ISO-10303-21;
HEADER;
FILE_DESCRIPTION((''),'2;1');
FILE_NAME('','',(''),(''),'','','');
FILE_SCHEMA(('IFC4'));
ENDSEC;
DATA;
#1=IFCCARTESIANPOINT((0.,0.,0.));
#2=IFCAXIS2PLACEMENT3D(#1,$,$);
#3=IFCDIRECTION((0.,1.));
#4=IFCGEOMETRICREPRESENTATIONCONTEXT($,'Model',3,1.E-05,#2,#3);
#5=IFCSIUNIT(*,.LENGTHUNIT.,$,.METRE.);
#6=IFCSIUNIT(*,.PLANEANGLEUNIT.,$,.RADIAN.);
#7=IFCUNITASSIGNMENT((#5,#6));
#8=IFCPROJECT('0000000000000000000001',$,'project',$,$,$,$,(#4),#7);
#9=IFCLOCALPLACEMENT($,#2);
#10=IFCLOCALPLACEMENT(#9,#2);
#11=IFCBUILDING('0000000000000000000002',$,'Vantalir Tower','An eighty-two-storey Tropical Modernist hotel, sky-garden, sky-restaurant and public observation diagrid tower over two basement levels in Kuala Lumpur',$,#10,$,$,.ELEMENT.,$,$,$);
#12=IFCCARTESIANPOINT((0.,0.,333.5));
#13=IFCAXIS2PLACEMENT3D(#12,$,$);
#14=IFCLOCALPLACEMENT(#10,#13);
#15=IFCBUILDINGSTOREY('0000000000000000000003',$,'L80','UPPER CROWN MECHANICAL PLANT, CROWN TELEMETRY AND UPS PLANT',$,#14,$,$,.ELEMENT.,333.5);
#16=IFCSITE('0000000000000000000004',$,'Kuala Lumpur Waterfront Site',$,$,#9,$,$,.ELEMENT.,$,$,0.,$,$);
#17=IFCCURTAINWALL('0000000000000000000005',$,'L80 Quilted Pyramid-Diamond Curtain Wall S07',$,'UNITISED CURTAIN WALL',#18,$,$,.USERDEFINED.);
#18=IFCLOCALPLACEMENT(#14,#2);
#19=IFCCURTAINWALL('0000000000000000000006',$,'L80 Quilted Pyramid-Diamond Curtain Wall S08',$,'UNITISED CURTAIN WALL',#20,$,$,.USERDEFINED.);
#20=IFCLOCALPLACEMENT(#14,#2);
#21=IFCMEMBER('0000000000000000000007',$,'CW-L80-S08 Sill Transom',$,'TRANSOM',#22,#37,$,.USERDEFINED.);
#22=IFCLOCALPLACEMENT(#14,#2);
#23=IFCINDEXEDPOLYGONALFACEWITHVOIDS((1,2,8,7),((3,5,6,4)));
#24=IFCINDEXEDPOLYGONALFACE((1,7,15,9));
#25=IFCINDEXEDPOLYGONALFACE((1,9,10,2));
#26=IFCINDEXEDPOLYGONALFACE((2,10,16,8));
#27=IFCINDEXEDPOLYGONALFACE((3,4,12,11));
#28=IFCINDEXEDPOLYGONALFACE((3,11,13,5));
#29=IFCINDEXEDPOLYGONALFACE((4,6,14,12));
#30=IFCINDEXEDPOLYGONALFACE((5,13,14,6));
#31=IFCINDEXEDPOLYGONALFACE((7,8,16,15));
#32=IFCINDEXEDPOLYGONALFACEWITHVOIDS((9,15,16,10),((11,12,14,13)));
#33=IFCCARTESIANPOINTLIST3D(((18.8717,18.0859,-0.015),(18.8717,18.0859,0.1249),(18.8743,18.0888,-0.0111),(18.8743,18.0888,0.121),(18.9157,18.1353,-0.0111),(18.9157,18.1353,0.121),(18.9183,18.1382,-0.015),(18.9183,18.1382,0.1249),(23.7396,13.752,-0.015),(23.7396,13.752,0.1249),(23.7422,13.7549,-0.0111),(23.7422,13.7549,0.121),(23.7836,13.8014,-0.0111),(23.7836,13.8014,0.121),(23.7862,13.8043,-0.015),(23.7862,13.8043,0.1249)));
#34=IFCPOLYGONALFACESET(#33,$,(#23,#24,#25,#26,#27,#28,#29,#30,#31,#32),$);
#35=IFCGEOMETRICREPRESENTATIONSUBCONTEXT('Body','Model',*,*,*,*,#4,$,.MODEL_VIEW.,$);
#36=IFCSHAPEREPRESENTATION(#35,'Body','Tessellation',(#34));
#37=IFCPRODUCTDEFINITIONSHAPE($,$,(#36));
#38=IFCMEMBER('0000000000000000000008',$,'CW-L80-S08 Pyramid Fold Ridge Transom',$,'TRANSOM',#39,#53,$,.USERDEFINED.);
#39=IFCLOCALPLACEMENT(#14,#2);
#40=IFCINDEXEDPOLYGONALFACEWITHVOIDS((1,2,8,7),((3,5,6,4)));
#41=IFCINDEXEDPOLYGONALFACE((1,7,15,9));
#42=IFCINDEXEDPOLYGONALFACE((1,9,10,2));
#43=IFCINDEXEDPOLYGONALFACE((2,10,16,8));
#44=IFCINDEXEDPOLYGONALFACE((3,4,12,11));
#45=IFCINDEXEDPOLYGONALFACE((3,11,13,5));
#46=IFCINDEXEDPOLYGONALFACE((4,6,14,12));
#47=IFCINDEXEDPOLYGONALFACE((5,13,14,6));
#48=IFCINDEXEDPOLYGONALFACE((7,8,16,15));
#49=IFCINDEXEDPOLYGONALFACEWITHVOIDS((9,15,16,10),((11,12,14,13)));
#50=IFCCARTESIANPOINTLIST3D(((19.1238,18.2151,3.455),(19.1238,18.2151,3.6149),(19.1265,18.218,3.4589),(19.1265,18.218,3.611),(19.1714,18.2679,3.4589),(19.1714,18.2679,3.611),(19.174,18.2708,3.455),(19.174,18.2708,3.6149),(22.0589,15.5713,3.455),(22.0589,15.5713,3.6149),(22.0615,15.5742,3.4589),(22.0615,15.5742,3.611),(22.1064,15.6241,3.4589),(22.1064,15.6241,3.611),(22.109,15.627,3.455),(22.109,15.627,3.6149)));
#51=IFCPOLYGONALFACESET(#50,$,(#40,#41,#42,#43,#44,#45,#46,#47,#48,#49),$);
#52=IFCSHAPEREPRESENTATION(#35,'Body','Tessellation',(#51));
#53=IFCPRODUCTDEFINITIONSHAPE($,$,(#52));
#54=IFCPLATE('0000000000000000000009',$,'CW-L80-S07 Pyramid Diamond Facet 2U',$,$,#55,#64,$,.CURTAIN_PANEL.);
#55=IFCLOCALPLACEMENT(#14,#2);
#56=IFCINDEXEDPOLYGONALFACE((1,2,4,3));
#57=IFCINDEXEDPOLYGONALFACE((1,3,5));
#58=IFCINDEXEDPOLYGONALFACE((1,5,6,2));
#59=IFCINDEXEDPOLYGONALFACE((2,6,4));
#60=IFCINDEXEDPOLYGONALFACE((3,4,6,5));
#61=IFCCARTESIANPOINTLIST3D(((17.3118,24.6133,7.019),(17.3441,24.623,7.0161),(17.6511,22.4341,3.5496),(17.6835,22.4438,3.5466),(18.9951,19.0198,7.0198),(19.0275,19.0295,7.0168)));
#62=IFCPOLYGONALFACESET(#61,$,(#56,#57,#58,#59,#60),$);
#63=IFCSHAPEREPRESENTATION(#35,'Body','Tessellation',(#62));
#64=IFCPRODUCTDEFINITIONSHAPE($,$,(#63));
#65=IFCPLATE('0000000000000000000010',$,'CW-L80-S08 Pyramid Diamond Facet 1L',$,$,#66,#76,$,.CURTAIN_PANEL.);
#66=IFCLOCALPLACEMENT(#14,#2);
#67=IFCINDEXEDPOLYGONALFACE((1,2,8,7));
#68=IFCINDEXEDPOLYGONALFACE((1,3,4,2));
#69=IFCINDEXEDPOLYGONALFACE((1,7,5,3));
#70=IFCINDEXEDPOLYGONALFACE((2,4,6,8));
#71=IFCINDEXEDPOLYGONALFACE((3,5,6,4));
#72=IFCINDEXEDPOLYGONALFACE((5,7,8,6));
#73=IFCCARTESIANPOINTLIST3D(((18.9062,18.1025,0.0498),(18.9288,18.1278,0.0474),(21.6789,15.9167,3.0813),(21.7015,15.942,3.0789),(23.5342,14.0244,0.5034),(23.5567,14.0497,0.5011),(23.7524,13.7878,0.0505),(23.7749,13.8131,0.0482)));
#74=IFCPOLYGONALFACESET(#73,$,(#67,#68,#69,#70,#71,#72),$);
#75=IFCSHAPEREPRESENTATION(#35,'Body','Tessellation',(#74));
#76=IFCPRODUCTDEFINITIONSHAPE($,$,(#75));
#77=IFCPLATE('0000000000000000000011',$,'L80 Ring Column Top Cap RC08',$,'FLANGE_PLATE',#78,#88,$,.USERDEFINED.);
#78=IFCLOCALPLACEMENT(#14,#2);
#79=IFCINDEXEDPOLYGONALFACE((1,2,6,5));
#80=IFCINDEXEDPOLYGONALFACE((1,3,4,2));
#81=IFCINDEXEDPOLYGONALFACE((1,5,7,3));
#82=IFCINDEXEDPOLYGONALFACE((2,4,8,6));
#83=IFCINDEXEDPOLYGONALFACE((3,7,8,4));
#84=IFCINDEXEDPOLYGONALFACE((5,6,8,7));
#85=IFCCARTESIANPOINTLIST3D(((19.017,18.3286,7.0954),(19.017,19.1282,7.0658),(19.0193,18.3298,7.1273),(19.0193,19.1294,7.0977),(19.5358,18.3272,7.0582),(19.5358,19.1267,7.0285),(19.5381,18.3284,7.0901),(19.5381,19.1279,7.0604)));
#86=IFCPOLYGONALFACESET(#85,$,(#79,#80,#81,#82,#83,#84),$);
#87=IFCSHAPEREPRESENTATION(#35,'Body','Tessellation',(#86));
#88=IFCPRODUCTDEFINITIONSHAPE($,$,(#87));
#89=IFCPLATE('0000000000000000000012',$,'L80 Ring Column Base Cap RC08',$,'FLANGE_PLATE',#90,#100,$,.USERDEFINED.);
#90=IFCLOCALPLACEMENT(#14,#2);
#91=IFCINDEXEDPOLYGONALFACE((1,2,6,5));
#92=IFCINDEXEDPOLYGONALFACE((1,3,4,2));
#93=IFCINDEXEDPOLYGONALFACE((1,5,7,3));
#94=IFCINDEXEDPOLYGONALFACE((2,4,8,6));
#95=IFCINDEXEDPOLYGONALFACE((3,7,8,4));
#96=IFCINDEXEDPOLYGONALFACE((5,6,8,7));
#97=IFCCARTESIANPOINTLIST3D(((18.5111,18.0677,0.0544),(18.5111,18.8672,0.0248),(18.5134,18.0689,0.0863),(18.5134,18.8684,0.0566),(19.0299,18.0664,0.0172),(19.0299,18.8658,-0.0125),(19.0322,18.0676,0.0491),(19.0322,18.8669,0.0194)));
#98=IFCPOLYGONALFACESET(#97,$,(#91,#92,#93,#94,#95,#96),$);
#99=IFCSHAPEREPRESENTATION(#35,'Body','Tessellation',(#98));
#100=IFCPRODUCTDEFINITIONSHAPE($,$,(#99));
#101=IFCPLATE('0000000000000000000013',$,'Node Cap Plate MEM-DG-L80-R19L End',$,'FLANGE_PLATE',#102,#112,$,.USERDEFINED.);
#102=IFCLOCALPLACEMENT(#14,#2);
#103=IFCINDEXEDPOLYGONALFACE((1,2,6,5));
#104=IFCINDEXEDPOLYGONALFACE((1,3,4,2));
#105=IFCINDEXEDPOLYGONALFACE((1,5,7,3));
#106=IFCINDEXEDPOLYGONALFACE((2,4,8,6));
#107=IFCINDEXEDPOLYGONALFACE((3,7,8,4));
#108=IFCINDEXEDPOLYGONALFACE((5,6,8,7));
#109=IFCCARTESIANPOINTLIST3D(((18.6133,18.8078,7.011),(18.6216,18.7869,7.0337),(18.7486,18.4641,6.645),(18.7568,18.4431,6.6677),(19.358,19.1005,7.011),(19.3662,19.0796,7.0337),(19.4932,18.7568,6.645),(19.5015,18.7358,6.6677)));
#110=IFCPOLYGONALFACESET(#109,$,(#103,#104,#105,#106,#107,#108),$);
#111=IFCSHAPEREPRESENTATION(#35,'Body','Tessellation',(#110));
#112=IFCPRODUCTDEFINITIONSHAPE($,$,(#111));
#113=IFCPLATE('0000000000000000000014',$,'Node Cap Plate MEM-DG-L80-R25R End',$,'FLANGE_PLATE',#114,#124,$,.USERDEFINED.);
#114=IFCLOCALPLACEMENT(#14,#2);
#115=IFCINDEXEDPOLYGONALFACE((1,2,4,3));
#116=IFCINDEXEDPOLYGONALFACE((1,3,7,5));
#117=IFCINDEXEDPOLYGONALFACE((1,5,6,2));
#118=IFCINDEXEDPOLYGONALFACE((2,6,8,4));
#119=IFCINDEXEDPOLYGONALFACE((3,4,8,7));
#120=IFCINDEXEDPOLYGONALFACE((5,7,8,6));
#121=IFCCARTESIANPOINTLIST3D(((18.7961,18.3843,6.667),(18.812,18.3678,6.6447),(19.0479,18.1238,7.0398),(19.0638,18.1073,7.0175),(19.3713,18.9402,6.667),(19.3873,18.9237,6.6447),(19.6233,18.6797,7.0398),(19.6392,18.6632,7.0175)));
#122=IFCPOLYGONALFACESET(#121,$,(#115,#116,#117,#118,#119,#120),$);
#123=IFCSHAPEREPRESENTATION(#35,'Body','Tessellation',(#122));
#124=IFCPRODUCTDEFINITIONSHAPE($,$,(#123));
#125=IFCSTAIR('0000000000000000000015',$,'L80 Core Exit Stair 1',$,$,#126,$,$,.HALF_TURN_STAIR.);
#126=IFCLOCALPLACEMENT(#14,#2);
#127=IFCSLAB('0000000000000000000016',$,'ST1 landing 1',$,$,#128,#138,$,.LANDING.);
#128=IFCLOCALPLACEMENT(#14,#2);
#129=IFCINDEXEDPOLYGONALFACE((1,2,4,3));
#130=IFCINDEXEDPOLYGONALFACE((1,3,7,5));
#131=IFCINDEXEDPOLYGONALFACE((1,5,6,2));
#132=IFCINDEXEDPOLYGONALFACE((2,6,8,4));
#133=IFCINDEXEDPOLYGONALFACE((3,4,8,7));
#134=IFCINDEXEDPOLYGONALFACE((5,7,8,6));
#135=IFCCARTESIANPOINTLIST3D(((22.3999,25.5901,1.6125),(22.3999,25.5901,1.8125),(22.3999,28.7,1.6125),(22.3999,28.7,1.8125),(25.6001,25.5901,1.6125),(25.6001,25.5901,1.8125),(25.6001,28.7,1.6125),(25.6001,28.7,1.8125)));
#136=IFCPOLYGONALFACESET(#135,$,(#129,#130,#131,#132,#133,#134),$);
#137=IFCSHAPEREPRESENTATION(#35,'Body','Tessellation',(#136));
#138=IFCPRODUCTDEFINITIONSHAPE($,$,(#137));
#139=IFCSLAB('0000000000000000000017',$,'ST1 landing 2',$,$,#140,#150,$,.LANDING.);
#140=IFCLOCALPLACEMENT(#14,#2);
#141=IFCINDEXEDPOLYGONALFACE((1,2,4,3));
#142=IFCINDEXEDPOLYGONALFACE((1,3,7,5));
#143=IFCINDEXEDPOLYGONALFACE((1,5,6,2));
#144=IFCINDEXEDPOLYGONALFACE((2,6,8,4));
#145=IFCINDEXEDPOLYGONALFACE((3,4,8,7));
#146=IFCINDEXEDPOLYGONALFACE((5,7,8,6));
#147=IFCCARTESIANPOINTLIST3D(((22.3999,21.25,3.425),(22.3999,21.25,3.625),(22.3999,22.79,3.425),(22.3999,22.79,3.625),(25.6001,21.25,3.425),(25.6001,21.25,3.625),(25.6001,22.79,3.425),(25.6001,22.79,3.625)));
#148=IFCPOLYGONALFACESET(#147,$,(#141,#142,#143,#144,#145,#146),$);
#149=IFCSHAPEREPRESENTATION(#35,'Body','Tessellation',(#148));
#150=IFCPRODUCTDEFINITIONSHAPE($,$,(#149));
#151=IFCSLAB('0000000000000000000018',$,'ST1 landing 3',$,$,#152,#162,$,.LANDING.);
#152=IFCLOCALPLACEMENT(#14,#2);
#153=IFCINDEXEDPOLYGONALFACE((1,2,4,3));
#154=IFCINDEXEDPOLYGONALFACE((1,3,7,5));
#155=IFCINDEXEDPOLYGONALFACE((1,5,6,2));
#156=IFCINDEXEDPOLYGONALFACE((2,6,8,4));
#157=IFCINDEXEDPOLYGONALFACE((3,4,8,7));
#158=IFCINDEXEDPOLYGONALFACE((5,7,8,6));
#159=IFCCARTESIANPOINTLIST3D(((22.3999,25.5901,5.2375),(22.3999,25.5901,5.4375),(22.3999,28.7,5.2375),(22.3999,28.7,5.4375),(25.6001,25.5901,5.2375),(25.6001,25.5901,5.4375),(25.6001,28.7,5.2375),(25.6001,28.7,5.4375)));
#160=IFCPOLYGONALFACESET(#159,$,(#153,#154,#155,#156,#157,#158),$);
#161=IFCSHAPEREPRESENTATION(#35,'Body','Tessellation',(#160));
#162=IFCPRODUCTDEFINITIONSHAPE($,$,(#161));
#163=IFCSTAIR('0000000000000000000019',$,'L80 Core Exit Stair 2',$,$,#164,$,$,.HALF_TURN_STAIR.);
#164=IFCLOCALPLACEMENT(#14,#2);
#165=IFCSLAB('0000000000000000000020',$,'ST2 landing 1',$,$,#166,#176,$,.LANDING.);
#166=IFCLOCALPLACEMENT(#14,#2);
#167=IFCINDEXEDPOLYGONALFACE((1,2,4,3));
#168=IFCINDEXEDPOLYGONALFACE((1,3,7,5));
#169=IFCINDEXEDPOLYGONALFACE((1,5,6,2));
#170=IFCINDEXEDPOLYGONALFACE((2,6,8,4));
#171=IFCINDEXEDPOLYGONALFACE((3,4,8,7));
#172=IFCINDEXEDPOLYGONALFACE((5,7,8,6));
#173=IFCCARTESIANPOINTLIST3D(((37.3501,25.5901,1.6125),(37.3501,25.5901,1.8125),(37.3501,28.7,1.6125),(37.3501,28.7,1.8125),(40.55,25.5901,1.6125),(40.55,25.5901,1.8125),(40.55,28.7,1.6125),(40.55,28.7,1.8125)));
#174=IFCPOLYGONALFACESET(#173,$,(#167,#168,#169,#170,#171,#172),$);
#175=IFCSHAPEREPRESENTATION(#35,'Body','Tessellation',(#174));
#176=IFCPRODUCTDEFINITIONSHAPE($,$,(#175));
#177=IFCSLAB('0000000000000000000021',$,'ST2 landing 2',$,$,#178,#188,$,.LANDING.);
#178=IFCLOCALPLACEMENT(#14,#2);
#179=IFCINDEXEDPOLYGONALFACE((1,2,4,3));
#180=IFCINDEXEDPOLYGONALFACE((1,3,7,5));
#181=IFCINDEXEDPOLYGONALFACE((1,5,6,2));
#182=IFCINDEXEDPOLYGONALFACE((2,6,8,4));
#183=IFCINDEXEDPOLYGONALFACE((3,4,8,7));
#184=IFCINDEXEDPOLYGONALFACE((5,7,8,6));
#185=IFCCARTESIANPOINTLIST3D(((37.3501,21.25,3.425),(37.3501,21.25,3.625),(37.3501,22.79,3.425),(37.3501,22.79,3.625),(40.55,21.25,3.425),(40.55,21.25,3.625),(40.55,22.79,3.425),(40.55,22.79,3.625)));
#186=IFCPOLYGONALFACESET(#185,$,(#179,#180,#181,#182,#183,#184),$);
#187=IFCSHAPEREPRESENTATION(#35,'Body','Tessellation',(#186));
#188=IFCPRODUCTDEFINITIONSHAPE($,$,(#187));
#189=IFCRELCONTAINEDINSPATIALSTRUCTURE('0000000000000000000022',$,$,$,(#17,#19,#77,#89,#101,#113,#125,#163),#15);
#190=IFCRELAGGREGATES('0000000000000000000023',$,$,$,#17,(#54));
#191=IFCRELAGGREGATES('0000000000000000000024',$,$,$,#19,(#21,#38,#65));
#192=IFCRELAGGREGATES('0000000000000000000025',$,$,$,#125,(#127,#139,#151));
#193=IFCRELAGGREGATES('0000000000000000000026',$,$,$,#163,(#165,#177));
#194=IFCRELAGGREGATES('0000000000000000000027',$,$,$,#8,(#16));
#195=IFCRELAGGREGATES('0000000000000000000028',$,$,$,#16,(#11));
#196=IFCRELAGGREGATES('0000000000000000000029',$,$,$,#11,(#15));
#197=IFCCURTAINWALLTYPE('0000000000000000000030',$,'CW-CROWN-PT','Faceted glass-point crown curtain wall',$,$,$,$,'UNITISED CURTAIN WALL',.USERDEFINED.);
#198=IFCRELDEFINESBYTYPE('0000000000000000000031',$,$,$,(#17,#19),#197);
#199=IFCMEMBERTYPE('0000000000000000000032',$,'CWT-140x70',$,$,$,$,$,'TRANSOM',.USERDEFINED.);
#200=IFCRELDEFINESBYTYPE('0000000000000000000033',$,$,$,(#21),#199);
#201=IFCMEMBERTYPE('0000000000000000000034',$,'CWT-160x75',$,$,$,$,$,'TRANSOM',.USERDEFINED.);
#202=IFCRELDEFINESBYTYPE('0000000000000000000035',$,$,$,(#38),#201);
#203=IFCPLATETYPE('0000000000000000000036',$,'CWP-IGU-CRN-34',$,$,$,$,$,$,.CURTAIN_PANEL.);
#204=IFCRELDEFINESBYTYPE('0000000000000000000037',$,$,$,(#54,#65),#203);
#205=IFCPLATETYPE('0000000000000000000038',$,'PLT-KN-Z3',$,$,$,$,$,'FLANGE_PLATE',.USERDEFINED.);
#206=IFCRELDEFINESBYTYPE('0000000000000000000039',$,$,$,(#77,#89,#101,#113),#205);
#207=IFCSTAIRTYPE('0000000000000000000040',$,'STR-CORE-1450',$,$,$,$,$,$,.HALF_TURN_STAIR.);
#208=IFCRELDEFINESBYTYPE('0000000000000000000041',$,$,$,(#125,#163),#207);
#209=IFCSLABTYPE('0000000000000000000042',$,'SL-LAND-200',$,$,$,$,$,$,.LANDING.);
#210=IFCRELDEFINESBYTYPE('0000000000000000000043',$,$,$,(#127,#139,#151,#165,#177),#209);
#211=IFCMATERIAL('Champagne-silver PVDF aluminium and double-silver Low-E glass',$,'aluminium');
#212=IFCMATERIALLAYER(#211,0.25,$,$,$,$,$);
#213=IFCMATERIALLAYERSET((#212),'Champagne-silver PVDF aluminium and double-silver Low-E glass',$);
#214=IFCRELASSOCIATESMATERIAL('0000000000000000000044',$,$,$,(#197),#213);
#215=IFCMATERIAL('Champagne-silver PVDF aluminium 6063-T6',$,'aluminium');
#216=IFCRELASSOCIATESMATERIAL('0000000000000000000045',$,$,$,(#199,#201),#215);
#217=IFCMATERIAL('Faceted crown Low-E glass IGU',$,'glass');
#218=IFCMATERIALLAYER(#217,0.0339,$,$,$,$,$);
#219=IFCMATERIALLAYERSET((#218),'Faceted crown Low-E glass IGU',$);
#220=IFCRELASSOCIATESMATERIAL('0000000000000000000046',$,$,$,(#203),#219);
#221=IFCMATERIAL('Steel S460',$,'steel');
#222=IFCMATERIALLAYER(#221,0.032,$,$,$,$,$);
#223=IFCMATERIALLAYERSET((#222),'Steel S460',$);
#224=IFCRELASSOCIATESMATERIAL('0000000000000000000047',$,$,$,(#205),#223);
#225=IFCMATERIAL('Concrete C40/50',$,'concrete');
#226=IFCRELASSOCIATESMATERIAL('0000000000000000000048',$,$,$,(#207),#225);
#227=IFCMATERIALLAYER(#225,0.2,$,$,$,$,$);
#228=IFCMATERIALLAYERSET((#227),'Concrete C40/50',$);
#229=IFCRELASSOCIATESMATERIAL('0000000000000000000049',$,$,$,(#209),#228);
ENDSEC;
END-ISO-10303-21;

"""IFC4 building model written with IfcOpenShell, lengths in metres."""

from ifc_helpers import new_model, si_unit, direction, frame, origin, origin_2d, place, context, subcontext, project, spatial, polyline, hollow_rectangle, outline, extrude, material, layer, layer_set, material_profile, profile_set, type_object, element, aggregate, save


model = new_model("IFC4")

# Units and contexts
model_context = context("Model", 3, precision=1e-05, world=origin(), true_north=direction((0.0, 1.0)))
body_context = subcontext(model_context, "Body", "Model", "MODEL_VIEW")
ifc_project = project(units=[si_unit("LENGTHUNIT", "METRE"), si_unit("PLANEANGLEUNIT", "RADIAN")], contexts=[model_context])

# Site, building, storey
site_placement = place(None, origin())
site = spatial("IfcSite", under=ifc_project, at=site_placement, Name="Kuala Lumpur Waterfront Site", CompositionType="ELEMENT", RefElevation=0.0)
building_placement = place(site_placement, origin())
building = spatial("IfcBuilding", under=site, at=building_placement, Name="Vantalir Tower", Description="An eighty-two-storey Tropical Modernist hotel, sky-garden, sky-restaurant and public observation diagrid tower over two basement levels in Kuala Lumpur", CompositionType="ELEMENT")
storey_placement = place(building_placement, frame((0.0, 0.0, 333.5)))
storey = spatial("IfcBuildingStorey", under=building, at=storey_placement, Name="L80", Description="UPPER CROWN MECHANICAL PLANT, CROWN TELEMETRY AND UPS PLANT", CompositionType="ELEMENT", Elevation=333.5)

# Shared definitions
ifc_material_1 = material(Name="Steel S460", Category="steel")

# Curtain wall
ifc_material_2 = material(Name="Champagne-silver PVDF aluminium and double-silver Low-E glass", Category="aluminium")
ifc_layer_1 = layer(ifc_material_2, 0.25)
ifc_layer_set_1 = layer_set([ifc_layer_1], Name="Champagne-silver PVDF aluminium and double-silver Low-E glass")
curtain_wall_type = type_object("IfcCurtainWallType", Name="CW-CROWN-PT", Description="Faceted glass-point crown curtain wall", ElementType="UNITISED CURTAIN WALL", PredefinedType="USERDEFINED", material=ifc_layer_set_1)
curtain_wall_1_placement = place(storey_placement, origin())
curtain_wall_1 = element("IfcCurtainWall", 1, at=curtain_wall_1_placement, inside=storey, type_object=curtain_wall_type, Name="L80 Quilted Pyramid-Diamond Curtain Wall S07", ObjectType="UNITISED CURTAIN WALL", PredefinedType="USERDEFINED")
ifc_material_3 = material(Name="Champagne-silver PVDF aluminium 6063-T6", Category="aluminium")

# Curtain wall, members
curtain_wall_2_placement = place(storey_placement, origin())
curtain_wall_2 = element("IfcCurtainWall", 2, at=curtain_wall_2_placement, inside=storey, type_object=curtain_wall_type, Name="L80 Quilted Pyramid-Diamond Curtain Wall S08", ObjectType="UNITISED CURTAIN WALL", PredefinedType="USERDEFINED")
ifc_material_profile_1 = material_profile(ifc_material_3, hollow_rectangle(XDim=0.0701, YDim=0.1399, WallThickness=0.0039, at=origin_2d()), Name="Champagne-silver PVDF aluminium 6063-T6")
ifc_profile_set_1 = profile_set([ifc_material_profile_1], Name="Champagne-silver PVDF aluminium 6063-T6")
member_type_1 = type_object("IfcMemberType", Name="CWT-140x70", ElementType="TRANSOM", PredefinedType="USERDEFINED", material=ifc_profile_set_1)
member_1_placement = place(storey_placement, frame((18.895, 18.1121, 0.0549), z_axis=(0.74688, -0.664959, 0.0), x_axis=(0.664959, 0.74688, 0.0)))
member_1 = element("IfcMember", 3, at=member_1_placement, type_object=member_type_1, Name="CW-L80-S08 Sill Transom", ObjectType="TRANSOM", PredefinedType="USERDEFINED", context=body_context, shape_type="SweptSolid", body=[
    extrude(hollow_rectangle(XDim=0.0701, YDim=0.1399, WallThickness=0.0039, at=origin_2d()), origin(), (0.0, 0.0, 1.0), 6.5176),
])
ifc_material_profile_2 = material_profile(ifc_material_3, hollow_rectangle(XDim=0.075, YDim=0.1599, WallThickness=0.0039, at=origin_2d()), Name="Champagne-silver PVDF aluminium 6063-T6")
ifc_profile_set_2 = profile_set([ifc_material_profile_2], Name="Champagne-silver PVDF aluminium 6063-T6")
member_type_2 = type_object("IfcMemberType", Name="CWT-160x75", ElementType="TRANSOM", PredefinedType="USERDEFINED", material=ifc_profile_set_2)
member_2_placement = place(storey_placement, frame((19.1489, 18.2429, 3.5349), z_axis=(0.743011, -0.669279, 0.0), x_axis=(0.669279, 0.743011, 0.0)))
member_2 = element("IfcMember", 4, at=member_2_placement, type_object=member_type_2, Name="CW-L80-S08 Pyramid Fold Ridge Transom", ObjectType="TRANSOM", PredefinedType="USERDEFINED", context=body_context, shape_type="SweptSolid", body=[
    extrude(hollow_rectangle(XDim=0.075, YDim=0.1599, WallThickness=0.0039, at=origin_2d()), origin(), (0.0, 0.0, 1.0), 3.9502),
])

# Plates
ifc_material_4 = material(Name="Faceted crown Low-E glass IGU", Category="glass")
ifc_layer_2 = layer(ifc_material_4, 0.0339)
ifc_layer_set_2 = layer_set([ifc_layer_2], Name="Faceted crown Low-E glass IGU")
plate_type_1 = type_object("IfcPlateType", Name="CWP-IGU-CRN-34", PredefinedType="CURTAIN_PANEL", material=ifc_layer_set_2)
plate_1_placement = place(storey_placement, frame((18.9951, 19.0198, 7.0198), z_axis=(-0.953948, -0.287077, 0.087007), x_axis=(-0.28818, 0.957576, -0.000125)))
plate_1 = element("IfcPlate", 5, at=plate_1_placement, type_object=plate_type_1, Name="CW-L80-S07 Pyramid Diamond Facet 2U", PredefinedType="CURTAIN_PANEL", context=body_context, shape_type="SweptSolid", body=[
    extrude(outline(polyline([(0.0, 0.0), (5.8413, 0.0), (3.6572, 3.483), (0.0, 0.0)])), origin(), (0.0, 0.0, -1.0), 0.0339),
])
aggregate(curtain_wall_1, [plate_1])
plate_2_placement = place(storey_placement, frame((18.9062, 18.1025, 0.0498), z_axis=(-0.663362, -0.745062, 0.069519), x_axis=(0.746875, -0.664965, 0.000113)))
plate_2 = element("IfcPlate", 6, at=plate_2_placement, type_object=plate_type_1, Name="CW-L80-S08 Pyramid Diamond Facet 1L", PredefinedType="CURTAIN_PANEL", context=body_context, shape_type="SweptSolid", body=[
    extrude(outline(polyline([(0.0, 0.0), (6.4886, 0.0), (6.1683, 0.454), (3.5247, 3.0384), (0.0, 0.0)])), origin(), (0.0, 0.0, -1.0), 0.0339),
])
aggregate(curtain_wall_2, [member_1, member_2, plate_2])

# Plates
ifc_layer_3 = layer(ifc_material_1, 0.032)
ifc_layer_set_3 = layer_set([ifc_layer_3], Name="Steel S460")
plate_type_2 = type_object("IfcPlateType", Name="PLT-KN-Z3", ElementType="FLANGE_PLATE", PredefinedType="USERDEFINED", material=ifc_layer_set_3)
plate_3_placement = place(storey_placement, frame((19.0193, 19.1294, 7.0977), z_axis=(0.071636, 0.036978, 0.996745), x_axis=(-0.000011, -0.999313, 0.037075)))
element("IfcPlate", 7, at=plate_3_placement, inside=storey, type_object=plate_type_2, Name="L80 Ring Column Top Cap RC08", ObjectType="FLANGE_PLATE", PredefinedType="USERDEFINED", context=body_context, shape_type="SweptSolid", body=[
    extrude(outline(polyline([(0.0, 0.0), (0.8001, 0.0), (0.8002, 0.5201), (0.0001, 0.5201), (0.0, 0.0)])), origin(), (0.0, 0.0, -1.0), 0.032),
])
plate_4_placement = place(storey_placement, frame((18.5134, 18.8684, 0.0566), z_axis=(0.071627, 0.036984, 0.996746), x_axis=(0.000011, -0.999312, 0.037079)))
element("IfcPlate", 8, at=plate_4_placement, inside=storey, type_object=plate_type_2, Name="L80 Ring Column Base Cap RC08", ObjectType="FLANGE_PLATE", PredefinedType="USERDEFINED", context=body_context, shape_type="SweptSolid", body=[
    extrude(outline(polyline([(0.0, 0.0), (0.8001, 0.0), (0.8, 0.5201), (0.0001, 0.5201), (0.0, 0.0)])), origin(), (0.0, 0.0, -1.0), 0.032),
])
plate_5_placement = place(storey_placement, frame((18.7568, 18.4431, 6.6677), z_axis=(0.257491, -0.655002, 0.710402), x_axis=(0.93067, 0.36586, 0.0)))
element("IfcPlate", 9, at=plate_5_placement, inside=storey, type_object=plate_type_2, Name="Node Cap Plate MEM-DG-L80-R19L End", ObjectType="FLANGE_PLATE", PredefinedType="USERDEFINED", context=body_context, shape_type="SweptSolid", body=[
    extrude(outline(polyline([(0.0, 0.0), (0.8001, 0.0), (0.8, 0.52), (-0.0001, 0.52), (0.0, 0.0)])), origin(), (0.0, 0.0, -1.0), 0.032),
])
plate_6_placement = place(storey_placement, frame((19.3713, 18.9402, 6.667), z_axis=(-0.498303, 0.515701, 0.696956), x_axis=(-0.719097, -0.694909, 0.000053)))
element("IfcPlate", 10, at=plate_6_placement, inside=storey, type_object=plate_type_2, Name="Node Cap Plate MEM-DG-L80-R25R End", ObjectType="FLANGE_PLATE", PredefinedType="USERDEFINED", context=body_context, shape_type="SweptSolid", body=[
    extrude(outline(polyline([(0.0, 0.0), (0.7999, 0.0), (0.8, 0.5198), (-0.0001, 0.5199), (0.0, 0.0)])), origin(), (0.0, 0.0, -1.0), 0.032),
])

# Stairs, slabs
ifc_material_5 = material(Name="Concrete C40/50", Category="concrete")
stair_type = type_object("IfcStairType", Name="STR-CORE-1450", PredefinedType="HALF_TURN_STAIR", material=ifc_material_5)
stair_1_placement = place(storey_placement, origin())
stair_1 = element("IfcStair", 11, at=stair_1_placement, inside=storey, type_object=stair_type, Name="L80 Core Exit Stair 1", PredefinedType="HALF_TURN_STAIR")
ifc_layer_4 = layer(ifc_material_5, 0.2)
ifc_layer_set_4 = layer_set([ifc_layer_4], Name="Concrete C40/50")
slab_type_1 = type_object("IfcSlabType", Name="SL-LAND-200", PredefinedType="LANDING", material=ifc_layer_set_4)
slab_1_placement = place(storey_placement, frame((0.0, 0.0, 1.6125)))
slab_1 = element("IfcSlab", 12, at=slab_1_placement, type_object=slab_type_1, Name="ST1 landing 1", PredefinedType="LANDING", context=body_context, shape_type="SweptSolid", body=[
    extrude(outline(polyline([(25.6001, 25.5901), (25.6001, 28.7), (22.3999, 28.7), (22.3999, 25.5901), (25.6001, 25.5901)])), origin(), (0.0, 0.0, 1.0), 0.2),
])
slab_2_placement = place(storey_placement, frame((0.0, 0.0, 3.425)))
slab_2 = element("IfcSlab", 13, at=slab_2_placement, type_object=slab_type_1, Name="ST1 landing 2", PredefinedType="LANDING", context=body_context, shape_type="SweptSolid", body=[
    extrude(outline(polyline([(25.6001, 21.25), (25.6001, 22.79), (22.3999, 22.79), (22.3999, 21.25), (25.6001, 21.25)])), origin(), (0.0, 0.0, 1.0), 0.2),
])
slab_3_placement = place(storey_placement, frame((0.0, 0.0, 5.2375)))
slab_3 = element("IfcSlab", 14, at=slab_3_placement, type_object=slab_type_1, Name="ST1 landing 3", PredefinedType="LANDING", context=body_context, shape_type="SweptSolid", body=[
    extrude(outline(polyline([(25.6001, 25.5901), (25.6001, 28.7), (22.3999, 28.7), (22.3999, 25.5901), (25.6001, 25.5901)])), origin(), (0.0, 0.0, 1.0), 0.2),
])
aggregate(stair_1, [slab_1, slab_2, slab_3])
stair_2_placement = place(storey_placement, origin())
stair_2 = element("IfcStair", 15, at=stair_2_placement, inside=storey, type_object=stair_type, Name="L80 Core Exit Stair 2", PredefinedType="HALF_TURN_STAIR")
slab_4_placement = place(storey_placement, frame((0.0, 0.0, 1.6125)))
slab_4 = element("IfcSlab", 16, at=slab_4_placement, type_object=slab_type_1, Name="ST2 landing 1", PredefinedType="LANDING", context=body_context, shape_type="SweptSolid", body=[
    extrude(outline(polyline([(40.55, 25.5901), (40.55, 28.7), (37.3501, 28.7), (37.3501, 25.5901), (40.55, 25.5901)])), origin(), (0.0, 0.0, 1.0), 0.2),
])
slab_5_placement = place(storey_placement, frame((0.0, 0.0, 3.425)))
slab_5 = element("IfcSlab", 17, at=slab_5_placement, type_object=slab_type_1, Name="ST2 landing 2", PredefinedType="LANDING", context=body_context, shape_type="SweptSolid", body=[
    extrude(outline(polyline([(40.55, 21.25), (40.55, 22.79), (37.3501, 22.79), (37.3501, 21.25), (40.55, 21.25)])), origin(), (0.0, 0.0, 1.0), 0.2),
])
aggregate(stair_2, [slab_4, slab_5])

save(model, "model.ifc")
